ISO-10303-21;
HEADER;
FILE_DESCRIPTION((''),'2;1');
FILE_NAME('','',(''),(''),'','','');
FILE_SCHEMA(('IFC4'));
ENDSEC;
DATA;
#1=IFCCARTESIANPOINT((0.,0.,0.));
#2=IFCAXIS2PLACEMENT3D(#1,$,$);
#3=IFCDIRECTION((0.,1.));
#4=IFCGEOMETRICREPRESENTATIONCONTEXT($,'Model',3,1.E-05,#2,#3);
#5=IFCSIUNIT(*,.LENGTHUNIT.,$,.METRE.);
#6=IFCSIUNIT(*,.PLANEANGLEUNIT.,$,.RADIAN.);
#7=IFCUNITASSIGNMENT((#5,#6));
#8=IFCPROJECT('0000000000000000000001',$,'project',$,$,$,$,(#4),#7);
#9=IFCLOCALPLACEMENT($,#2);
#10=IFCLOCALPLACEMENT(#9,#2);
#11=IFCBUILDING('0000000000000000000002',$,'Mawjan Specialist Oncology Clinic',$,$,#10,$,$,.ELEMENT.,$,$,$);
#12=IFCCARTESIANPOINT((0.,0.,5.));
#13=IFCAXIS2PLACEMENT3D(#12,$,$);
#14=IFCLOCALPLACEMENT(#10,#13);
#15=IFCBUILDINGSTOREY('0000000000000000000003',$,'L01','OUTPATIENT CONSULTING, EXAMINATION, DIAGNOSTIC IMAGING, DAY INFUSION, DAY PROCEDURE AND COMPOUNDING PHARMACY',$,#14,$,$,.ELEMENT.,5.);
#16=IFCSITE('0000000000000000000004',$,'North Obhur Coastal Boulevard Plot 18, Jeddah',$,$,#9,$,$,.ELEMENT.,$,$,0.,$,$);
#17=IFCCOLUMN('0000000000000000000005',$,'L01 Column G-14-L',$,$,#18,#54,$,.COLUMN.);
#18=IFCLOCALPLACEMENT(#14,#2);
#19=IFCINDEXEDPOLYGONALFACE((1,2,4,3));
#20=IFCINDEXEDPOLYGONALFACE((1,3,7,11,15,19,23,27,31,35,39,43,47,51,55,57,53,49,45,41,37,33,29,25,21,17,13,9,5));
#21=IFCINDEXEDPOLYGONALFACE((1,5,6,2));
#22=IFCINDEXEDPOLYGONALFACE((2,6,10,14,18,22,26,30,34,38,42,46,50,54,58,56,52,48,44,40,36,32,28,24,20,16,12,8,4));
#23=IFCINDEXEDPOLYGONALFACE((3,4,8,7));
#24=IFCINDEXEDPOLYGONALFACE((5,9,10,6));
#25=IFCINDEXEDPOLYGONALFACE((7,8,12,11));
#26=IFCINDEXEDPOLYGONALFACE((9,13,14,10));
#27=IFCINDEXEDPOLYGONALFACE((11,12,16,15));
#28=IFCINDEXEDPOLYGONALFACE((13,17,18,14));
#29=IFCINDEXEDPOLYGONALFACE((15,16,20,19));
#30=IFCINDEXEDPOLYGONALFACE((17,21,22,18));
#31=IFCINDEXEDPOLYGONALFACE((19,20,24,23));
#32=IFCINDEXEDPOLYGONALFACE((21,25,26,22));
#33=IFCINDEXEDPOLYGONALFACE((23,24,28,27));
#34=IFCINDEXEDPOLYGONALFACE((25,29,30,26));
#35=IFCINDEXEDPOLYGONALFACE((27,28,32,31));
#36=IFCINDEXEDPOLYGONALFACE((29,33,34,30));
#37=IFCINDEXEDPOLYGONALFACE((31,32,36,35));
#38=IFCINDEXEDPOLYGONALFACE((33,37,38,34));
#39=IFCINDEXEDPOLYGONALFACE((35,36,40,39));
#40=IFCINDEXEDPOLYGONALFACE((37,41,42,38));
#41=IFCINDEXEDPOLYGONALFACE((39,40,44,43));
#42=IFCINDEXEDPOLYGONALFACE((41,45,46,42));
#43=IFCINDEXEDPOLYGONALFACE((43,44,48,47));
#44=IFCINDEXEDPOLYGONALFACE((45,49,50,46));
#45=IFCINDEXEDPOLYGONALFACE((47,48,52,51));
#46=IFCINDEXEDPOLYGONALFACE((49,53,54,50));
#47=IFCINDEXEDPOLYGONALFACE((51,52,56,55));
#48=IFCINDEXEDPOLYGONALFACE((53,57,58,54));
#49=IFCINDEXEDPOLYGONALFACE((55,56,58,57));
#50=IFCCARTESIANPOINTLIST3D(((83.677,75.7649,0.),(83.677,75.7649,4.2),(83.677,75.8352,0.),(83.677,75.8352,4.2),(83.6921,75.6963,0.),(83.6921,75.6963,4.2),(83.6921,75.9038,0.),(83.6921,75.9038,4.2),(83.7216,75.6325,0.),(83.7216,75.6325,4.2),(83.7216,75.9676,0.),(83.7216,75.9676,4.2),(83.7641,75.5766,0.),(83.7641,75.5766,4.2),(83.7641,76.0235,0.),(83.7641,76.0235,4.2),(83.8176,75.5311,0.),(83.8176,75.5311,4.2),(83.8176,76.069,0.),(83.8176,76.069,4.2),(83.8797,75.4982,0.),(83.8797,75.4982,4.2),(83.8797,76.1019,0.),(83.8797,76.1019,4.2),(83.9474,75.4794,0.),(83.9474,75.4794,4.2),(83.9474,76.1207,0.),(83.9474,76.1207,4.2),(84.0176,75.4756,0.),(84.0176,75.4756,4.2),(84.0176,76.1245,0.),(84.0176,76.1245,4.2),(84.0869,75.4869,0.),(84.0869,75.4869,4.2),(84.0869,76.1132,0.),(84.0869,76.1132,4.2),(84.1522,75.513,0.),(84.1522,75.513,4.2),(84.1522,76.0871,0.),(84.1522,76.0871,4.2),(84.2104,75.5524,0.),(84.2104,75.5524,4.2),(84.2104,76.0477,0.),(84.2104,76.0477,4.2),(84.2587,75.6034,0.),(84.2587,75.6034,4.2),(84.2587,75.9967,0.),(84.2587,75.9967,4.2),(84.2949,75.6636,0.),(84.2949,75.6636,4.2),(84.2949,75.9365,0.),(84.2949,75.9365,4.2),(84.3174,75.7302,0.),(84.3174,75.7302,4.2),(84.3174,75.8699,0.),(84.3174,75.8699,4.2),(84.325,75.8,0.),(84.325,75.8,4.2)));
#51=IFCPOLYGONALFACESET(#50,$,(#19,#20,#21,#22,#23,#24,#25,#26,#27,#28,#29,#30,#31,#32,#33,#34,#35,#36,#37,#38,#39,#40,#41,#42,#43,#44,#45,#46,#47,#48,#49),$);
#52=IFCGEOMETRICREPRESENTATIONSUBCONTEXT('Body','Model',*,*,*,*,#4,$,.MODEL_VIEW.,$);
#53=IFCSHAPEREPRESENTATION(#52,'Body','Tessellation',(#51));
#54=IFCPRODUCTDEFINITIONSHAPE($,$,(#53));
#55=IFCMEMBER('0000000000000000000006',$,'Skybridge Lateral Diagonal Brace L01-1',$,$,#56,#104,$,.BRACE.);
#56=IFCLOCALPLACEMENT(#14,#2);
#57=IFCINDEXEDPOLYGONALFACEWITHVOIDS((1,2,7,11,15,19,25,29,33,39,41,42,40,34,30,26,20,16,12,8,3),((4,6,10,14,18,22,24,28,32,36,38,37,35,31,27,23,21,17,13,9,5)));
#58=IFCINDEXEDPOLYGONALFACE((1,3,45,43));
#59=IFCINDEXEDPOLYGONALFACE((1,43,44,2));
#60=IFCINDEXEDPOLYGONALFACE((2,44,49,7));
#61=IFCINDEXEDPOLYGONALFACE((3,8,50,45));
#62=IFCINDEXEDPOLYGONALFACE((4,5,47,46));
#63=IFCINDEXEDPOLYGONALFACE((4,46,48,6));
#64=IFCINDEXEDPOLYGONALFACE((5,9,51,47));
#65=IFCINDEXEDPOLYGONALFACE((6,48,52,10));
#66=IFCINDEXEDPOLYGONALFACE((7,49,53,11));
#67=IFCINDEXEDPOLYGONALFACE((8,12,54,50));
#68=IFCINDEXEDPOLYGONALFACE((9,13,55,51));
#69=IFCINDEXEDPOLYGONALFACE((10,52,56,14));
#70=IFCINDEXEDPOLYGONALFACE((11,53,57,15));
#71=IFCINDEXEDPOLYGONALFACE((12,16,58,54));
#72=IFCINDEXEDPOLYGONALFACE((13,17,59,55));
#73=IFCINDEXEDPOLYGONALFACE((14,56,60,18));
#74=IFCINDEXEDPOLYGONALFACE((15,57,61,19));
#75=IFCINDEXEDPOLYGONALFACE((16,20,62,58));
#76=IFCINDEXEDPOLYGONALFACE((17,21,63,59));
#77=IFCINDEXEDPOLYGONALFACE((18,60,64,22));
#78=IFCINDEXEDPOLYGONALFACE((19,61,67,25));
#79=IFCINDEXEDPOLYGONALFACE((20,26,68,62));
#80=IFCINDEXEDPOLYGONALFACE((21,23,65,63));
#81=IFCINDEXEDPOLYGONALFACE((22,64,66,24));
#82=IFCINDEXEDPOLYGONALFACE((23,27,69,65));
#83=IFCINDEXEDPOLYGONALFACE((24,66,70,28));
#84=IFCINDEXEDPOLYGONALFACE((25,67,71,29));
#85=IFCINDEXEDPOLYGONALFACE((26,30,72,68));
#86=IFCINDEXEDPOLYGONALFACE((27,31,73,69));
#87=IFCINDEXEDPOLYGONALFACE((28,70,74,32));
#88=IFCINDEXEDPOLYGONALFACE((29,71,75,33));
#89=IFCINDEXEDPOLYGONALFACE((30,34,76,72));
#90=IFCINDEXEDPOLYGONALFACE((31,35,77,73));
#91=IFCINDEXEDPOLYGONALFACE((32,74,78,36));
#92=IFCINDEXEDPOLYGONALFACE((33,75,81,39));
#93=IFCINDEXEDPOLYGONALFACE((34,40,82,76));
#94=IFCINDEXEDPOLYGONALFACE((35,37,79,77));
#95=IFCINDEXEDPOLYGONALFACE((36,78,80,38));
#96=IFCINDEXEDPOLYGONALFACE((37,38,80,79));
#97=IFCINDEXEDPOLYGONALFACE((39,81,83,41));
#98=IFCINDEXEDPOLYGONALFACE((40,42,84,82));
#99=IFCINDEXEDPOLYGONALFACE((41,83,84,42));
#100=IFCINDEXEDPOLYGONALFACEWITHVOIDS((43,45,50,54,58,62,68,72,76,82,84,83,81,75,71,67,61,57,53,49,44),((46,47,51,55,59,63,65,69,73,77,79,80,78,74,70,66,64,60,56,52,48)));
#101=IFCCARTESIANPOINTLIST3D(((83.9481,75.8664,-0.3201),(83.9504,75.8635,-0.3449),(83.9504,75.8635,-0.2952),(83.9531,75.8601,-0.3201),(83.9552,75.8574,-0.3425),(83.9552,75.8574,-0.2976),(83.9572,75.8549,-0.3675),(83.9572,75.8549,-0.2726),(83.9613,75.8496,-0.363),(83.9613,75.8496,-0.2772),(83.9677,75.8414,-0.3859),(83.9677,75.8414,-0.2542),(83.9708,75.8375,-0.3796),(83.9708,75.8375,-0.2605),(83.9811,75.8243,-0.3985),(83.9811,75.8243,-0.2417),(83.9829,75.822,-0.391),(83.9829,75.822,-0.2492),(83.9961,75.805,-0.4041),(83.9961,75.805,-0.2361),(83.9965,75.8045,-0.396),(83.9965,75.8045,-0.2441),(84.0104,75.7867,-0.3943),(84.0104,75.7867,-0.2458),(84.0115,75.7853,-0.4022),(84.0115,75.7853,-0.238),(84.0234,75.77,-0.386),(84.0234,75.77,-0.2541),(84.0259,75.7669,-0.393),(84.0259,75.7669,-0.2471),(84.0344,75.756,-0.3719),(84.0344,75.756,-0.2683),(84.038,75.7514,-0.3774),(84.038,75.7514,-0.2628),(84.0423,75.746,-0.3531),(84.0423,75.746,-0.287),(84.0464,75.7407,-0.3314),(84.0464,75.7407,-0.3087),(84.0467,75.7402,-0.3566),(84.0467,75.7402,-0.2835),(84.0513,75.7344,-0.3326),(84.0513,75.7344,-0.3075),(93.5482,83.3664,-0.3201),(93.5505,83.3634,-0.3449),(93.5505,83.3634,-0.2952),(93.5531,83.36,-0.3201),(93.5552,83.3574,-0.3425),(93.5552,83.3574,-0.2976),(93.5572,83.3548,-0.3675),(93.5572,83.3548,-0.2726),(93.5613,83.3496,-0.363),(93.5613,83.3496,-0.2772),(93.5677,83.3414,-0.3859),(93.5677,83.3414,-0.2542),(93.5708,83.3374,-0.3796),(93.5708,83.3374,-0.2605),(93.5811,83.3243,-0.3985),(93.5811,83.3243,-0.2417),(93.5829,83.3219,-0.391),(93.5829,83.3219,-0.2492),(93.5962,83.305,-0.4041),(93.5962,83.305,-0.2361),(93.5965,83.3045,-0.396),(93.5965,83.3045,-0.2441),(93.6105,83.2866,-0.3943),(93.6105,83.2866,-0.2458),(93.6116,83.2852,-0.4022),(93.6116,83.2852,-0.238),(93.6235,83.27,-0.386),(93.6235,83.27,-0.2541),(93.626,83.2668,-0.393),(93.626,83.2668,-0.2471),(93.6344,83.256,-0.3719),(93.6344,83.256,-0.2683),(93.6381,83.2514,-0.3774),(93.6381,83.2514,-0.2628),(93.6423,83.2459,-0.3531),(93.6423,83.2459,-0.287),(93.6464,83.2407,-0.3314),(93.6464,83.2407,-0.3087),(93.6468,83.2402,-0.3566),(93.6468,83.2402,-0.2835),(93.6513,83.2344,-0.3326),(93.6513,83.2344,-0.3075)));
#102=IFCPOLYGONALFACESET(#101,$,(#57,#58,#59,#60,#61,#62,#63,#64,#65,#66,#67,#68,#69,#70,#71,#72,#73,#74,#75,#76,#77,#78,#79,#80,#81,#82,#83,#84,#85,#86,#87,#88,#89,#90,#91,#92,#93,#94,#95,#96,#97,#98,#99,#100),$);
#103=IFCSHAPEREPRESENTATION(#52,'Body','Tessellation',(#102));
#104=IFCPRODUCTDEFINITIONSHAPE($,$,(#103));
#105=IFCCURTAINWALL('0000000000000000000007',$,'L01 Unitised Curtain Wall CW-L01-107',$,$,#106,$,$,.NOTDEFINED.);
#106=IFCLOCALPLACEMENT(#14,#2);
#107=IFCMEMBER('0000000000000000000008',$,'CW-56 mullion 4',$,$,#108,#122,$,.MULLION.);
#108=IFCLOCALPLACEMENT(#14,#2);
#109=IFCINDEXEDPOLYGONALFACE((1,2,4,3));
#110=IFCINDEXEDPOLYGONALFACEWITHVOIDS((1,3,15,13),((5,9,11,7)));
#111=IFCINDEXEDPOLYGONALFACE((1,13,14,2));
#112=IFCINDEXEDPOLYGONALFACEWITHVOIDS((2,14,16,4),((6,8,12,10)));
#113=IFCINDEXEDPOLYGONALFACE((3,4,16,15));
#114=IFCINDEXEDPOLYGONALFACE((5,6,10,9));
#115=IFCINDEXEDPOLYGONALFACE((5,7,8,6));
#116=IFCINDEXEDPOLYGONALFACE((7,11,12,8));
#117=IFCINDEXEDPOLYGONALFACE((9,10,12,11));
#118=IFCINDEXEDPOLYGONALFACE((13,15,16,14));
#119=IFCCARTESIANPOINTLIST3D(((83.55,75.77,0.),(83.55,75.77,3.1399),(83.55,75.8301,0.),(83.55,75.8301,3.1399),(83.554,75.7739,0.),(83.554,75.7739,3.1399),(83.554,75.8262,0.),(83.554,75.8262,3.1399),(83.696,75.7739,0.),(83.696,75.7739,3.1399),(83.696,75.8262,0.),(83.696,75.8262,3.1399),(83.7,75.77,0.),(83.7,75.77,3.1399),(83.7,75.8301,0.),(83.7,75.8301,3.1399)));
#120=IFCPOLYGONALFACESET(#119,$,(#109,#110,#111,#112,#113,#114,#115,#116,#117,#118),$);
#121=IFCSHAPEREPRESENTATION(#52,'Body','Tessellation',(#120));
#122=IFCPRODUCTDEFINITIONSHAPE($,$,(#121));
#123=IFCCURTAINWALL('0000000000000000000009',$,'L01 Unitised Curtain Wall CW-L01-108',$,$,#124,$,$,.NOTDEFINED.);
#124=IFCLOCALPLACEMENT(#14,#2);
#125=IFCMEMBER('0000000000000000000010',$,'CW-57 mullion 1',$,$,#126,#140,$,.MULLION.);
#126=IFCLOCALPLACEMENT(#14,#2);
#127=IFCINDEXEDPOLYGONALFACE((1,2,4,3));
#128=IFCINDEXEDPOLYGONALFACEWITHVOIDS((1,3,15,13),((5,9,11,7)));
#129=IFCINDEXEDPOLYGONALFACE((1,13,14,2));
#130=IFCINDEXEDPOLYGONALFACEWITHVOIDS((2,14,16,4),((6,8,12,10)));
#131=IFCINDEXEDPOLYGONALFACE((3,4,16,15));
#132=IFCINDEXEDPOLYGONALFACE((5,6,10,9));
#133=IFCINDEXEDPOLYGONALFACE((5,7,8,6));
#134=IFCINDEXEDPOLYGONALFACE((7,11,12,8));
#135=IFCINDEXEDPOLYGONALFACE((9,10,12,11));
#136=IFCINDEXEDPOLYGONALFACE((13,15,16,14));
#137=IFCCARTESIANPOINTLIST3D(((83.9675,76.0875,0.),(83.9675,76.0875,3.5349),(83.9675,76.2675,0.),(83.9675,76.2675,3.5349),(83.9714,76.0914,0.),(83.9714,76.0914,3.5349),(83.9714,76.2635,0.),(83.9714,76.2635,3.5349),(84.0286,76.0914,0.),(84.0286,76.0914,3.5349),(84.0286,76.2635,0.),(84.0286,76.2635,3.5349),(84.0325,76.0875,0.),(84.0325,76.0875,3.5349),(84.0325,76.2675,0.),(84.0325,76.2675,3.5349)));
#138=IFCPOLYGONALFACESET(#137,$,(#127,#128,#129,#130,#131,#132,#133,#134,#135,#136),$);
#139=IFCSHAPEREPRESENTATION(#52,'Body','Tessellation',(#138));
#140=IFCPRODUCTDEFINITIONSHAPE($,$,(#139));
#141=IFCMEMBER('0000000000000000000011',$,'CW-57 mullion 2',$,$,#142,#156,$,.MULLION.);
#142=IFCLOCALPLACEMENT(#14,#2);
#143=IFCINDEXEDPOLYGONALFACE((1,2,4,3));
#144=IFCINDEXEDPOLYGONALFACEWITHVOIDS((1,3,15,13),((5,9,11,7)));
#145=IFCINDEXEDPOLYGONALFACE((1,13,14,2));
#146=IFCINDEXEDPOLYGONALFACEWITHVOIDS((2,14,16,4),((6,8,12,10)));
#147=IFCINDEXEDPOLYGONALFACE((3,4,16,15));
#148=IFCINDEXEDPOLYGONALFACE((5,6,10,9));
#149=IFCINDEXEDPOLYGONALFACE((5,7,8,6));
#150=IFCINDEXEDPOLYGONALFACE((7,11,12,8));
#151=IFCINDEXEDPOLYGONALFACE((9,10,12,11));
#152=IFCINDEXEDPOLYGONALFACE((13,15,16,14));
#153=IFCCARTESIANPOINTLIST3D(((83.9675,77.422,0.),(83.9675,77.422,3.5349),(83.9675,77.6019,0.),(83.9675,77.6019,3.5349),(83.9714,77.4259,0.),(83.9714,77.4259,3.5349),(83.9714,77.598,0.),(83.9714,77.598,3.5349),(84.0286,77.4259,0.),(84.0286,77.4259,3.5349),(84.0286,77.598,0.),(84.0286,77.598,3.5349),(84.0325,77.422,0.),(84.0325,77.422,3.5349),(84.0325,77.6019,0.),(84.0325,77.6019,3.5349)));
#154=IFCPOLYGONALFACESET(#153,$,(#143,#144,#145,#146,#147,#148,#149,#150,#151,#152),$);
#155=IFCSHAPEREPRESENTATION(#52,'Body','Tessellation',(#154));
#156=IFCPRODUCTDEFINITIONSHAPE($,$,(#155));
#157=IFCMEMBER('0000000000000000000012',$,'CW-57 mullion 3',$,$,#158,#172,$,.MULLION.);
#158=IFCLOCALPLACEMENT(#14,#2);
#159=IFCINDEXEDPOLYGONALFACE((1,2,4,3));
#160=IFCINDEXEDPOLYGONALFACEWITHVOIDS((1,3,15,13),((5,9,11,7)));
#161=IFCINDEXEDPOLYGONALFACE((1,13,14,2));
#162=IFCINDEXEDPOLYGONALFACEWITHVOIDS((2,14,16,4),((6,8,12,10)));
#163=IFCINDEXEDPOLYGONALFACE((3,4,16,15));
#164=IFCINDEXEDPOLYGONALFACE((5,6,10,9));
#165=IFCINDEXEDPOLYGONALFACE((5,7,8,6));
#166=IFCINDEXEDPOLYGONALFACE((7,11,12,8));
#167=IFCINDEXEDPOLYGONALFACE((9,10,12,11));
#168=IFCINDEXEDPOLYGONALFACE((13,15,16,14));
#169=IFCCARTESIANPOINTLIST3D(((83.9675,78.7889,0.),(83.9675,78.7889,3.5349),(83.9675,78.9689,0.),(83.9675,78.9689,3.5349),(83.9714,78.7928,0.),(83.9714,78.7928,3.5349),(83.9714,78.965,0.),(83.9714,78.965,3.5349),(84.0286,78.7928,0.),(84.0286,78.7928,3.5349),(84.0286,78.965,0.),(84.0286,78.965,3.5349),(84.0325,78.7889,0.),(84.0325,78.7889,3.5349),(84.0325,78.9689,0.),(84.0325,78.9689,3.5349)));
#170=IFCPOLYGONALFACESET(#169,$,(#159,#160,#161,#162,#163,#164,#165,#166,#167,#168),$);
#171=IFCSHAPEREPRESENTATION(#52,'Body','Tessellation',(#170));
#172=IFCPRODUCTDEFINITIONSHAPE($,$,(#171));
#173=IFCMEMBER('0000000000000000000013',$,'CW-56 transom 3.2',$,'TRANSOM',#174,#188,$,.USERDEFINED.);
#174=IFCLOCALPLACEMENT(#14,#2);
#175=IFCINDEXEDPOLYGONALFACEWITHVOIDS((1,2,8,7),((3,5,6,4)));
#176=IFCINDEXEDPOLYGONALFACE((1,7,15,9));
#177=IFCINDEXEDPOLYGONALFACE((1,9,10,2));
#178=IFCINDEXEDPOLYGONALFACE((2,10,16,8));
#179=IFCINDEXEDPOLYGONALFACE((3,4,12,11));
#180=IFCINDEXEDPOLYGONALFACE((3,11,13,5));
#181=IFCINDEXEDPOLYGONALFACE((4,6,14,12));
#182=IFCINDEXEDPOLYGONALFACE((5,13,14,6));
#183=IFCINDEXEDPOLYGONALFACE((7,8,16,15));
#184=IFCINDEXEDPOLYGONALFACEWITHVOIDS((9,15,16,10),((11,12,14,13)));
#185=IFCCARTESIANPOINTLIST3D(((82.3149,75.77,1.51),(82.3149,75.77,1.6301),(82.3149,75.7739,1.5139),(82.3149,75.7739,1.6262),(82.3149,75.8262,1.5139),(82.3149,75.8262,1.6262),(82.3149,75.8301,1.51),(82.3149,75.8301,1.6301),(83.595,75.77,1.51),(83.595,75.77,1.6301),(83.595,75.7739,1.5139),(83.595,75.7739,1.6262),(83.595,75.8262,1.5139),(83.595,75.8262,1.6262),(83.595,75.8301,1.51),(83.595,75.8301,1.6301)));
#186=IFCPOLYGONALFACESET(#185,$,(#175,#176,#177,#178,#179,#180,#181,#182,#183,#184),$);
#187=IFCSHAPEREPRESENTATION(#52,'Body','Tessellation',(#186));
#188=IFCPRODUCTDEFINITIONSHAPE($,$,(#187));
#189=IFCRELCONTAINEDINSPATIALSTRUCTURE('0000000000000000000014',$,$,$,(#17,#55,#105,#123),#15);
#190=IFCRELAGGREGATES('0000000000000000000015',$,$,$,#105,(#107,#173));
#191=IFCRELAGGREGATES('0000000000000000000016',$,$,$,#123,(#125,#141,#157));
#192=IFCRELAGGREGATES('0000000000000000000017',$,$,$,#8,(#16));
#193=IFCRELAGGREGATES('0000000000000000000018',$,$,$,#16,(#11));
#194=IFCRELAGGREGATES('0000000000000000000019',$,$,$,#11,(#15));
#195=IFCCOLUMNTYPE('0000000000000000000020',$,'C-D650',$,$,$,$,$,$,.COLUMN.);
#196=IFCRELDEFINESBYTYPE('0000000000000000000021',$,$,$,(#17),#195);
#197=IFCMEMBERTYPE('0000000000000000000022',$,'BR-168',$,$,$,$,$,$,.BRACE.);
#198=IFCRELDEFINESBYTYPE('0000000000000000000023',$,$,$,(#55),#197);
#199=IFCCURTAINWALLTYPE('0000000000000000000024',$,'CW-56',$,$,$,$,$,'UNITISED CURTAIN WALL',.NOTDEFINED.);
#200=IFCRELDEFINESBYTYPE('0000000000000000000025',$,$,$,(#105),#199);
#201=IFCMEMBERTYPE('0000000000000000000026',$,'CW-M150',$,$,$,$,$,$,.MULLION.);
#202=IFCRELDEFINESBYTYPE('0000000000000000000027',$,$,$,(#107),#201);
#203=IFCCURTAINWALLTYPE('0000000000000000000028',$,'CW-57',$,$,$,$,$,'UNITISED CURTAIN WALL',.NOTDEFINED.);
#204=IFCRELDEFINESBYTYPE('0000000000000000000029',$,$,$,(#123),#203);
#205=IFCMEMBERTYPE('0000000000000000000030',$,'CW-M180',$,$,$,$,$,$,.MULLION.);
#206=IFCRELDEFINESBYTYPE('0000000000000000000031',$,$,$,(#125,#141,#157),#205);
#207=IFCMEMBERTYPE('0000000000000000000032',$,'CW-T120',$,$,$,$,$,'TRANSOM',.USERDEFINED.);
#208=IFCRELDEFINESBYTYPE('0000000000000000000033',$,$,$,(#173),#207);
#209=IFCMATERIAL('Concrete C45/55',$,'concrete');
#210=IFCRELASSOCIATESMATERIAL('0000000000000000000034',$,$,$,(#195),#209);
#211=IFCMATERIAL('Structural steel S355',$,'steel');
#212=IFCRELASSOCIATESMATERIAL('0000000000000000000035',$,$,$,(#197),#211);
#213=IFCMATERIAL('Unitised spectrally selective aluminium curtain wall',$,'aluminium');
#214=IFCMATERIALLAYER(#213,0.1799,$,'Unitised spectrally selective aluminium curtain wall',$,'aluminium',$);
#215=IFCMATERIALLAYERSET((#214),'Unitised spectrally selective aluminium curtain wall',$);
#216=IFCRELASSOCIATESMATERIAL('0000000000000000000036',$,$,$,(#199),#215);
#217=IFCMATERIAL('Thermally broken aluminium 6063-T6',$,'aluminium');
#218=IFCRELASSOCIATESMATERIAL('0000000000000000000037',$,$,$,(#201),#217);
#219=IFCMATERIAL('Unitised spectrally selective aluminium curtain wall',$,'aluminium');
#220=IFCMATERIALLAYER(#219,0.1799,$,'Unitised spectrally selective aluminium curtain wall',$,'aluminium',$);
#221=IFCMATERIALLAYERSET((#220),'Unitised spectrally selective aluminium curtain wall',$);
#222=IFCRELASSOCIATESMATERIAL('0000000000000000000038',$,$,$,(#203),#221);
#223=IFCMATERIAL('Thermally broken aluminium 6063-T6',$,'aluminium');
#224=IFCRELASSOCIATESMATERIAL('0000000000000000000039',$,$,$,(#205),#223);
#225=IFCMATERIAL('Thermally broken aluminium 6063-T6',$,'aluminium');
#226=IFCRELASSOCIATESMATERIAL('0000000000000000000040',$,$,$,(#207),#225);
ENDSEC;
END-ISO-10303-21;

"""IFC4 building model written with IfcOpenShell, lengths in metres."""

from ifc_helpers import new_model, si_unit, direction, frame, origin, origin_2d, place, context, subcontext, project, spatial, hollow_rectangle, circle, hollow_circle, extrude, material, layer, layer_set, material_profile, profile_set, type_object, element, aggregate, save


model = new_model("IFC4")

# Units and contexts
model_context = context("Model", 3, precision=1e-05, world=origin(), true_north=direction((0.0, 1.0)))
body_context = subcontext(model_context, "Body", "Model", "MODEL_VIEW")
ifc_project = project(units=[si_unit("LENGTHUNIT", "METRE"), si_unit("PLANEANGLEUNIT", "RADIAN")], contexts=[model_context])

# Site, building, storey
site_placement = place(None, origin())
site = spatial("IfcSite", under=ifc_project, at=site_placement, Name="North Obhur Coastal Boulevard Plot 18, Jeddah", CompositionType="ELEMENT", RefElevation=0.0)
building_placement = place(site_placement, origin())
building = spatial("IfcBuilding", under=site, at=building_placement, Name="Mawjan Specialist Oncology Clinic", CompositionType="ELEMENT")
storey_placement = place(building_placement, frame((0.0, 0.0, 5.0)))
storey = spatial("IfcBuildingStorey", under=building, at=storey_placement, Name="L01", Description="OUTPATIENT CONSULTING, EXAMINATION, DIAGNOSTIC IMAGING, DAY INFUSION, DAY PROCEDURE AND COMPOUNDING PHARMACY", CompositionType="ELEMENT", Elevation=5.0)

# Column
ifc_material_1 = material(Name="Concrete C45/55", Category="concrete")
ifc_material_profile_1 = material_profile(ifc_material_1, circle(Radius=0.325, at=origin_2d()), Name="RC COL D650", Category="concrete")
ifc_profile_set_1 = profile_set([ifc_material_profile_1], Name="Concrete C45/55")
column_type = type_object("IfcColumnType", Name="C-D650", PredefinedType="COLUMN", material=ifc_profile_set_1)
column_placement = place(storey_placement, frame((84.0, 75.8, 0.0), z_axis=(0.0, 0.0, 1.0), x_axis=(1.0, 0.0, 0.0)))
element("IfcColumn", 1, at=column_placement, inside=storey, type_object=column_type, Name="L01 Column G-14-L", PredefinedType="COLUMN", context=body_context, shape_type="SweptSolid", body=[
    extrude(circle(Radius=0.325, at=origin_2d()), origin(), (0.0, 0.0, 1.0), 4.2),
])

# Member
ifc_material_2 = material(Name="Structural steel S355", Category="steel")
ifc_material_profile_2 = material_profile(ifc_material_2, hollow_circle(Radius=0.0842, WallThickness=0.0081, at=origin_2d()), Name="CHS 168.3x8", Category="steel")
ifc_profile_set_2 = profile_set([ifc_material_profile_2], Name="Structural steel S355")
member_type_1 = type_object("IfcMemberType", Name="BR-168", PredefinedType="BRACE", material=ifc_profile_set_2)
member_1_placement = place(storey_placement, frame((84.0, 75.8, -0.3201), z_axis=(0.788027, 0.61564, 0.0), x_axis=(-0.61564, 0.788027, 0.0)))
element("IfcMember", 2, at=member_1_placement, inside=storey, type_object=member_type_1, Name="Skybridge Lateral Diagonal Brace L01-1", PredefinedType="BRACE", context=body_context, shape_type="SweptSolid", body=[
    extrude(hollow_circle(Radius=0.0842, WallThickness=0.0081, at=origin_2d()), origin(), (0.0, 0.0, 1.0), 12.1824),
])

# Curtain wall, member
ifc_material_3 = material(Name="Unitised spectrally selective aluminium curtain wall", Category="aluminium")
ifc_layer_1 = layer(ifc_material_3, 0.1799, Name="Unitised spectrally selective aluminium curtain wall", Category="aluminium")
ifc_layer_set_1 = layer_set([ifc_layer_1], Name="Unitised spectrally selective aluminium curtain wall")
curtain_wall_type_1 = type_object("IfcCurtainWallType", Name="CW-56", ElementType="UNITISED CURTAIN WALL", PredefinedType="NOTDEFINED", material=ifc_layer_set_1)
curtain_wall_1_placement = place(storey_placement, origin())
curtain_wall_1 = element("IfcCurtainWall", 3, at=curtain_wall_1_placement, inside=storey, type_object=curtain_wall_type_1, Name="L01 Unitised Curtain Wall CW-L01-107", PredefinedType="NOTDEFINED")
ifc_material_4 = material(Name="Thermally broken aluminium 6063-T6", Category="aluminium")
ifc_material_profile_3 = material_profile(ifc_material_4, hollow_rectangle(XDim=0.0601, YDim=0.1499, WallThickness=0.0039, at=origin_2d()), Name="ALU MULLION 150x60x4", Category="aluminium")
ifc_profile_set_3 = profile_set([ifc_material_profile_3], Name="Thermally broken aluminium 6063-T6")
member_type_2 = type_object("IfcMemberType", Name="CW-M150", PredefinedType="MULLION", material=ifc_profile_set_3)
member_2_placement = place(storey_placement, frame((83.625, 75.8, 0.0), z_axis=(0.0, 0.0, 1.0), x_axis=(0.0, 1.0, 0.0)))
member_2 = element("IfcMember", 4, at=member_2_placement, type_object=member_type_2, Name="CW-56 mullion 4", PredefinedType="MULLION", context=body_context, shape_type="SweptSolid", body=[
    extrude(hollow_rectangle(XDim=0.0601, YDim=0.1499, WallThickness=0.0039, at=origin_2d()), origin(), (0.0, 0.0, 1.0), 3.1399),
])

# Curtain wall, members
ifc_material_5 = material(Name="Unitised spectrally selective aluminium curtain wall", Category="aluminium")
ifc_layer_2 = layer(ifc_material_5, 0.1799, Name="Unitised spectrally selective aluminium curtain wall", Category="aluminium")
ifc_layer_set_2 = layer_set([ifc_layer_2], Name="Unitised spectrally selective aluminium curtain wall")
curtain_wall_type_2 = type_object("IfcCurtainWallType", Name="CW-57", ElementType="UNITISED CURTAIN WALL", PredefinedType="NOTDEFINED", material=ifc_layer_set_2)
curtain_wall_2_placement = place(storey_placement, origin())
curtain_wall_2 = element("IfcCurtainWall", 5, at=curtain_wall_2_placement, inside=storey, type_object=curtain_wall_type_2, Name="L01 Unitised Curtain Wall CW-L01-108", PredefinedType="NOTDEFINED")
ifc_material_6 = material(Name="Thermally broken aluminium 6063-T6", Category="aluminium")
ifc_material_profile_4 = material_profile(ifc_material_6, hollow_rectangle(XDim=0.0649, YDim=0.1799, WallThickness=0.0039, at=origin_2d()), Name="ALU MULLION 180x65x4", Category="aluminium")
ifc_profile_set_4 = profile_set([ifc_material_profile_4], Name="Thermally broken aluminium 6063-T6")
member_type_3 = type_object("IfcMemberType", Name="CW-M180", PredefinedType="MULLION", material=ifc_profile_set_4)
member_3_placement = place(storey_placement, frame((84.0, 76.1775, 0.0), z_axis=(0.0, 0.0, 1.0), x_axis=(-1.0, 0.0, 0.0)))
member_3 = element("IfcMember", 6, at=member_3_placement, type_object=member_type_3, Name="CW-57 mullion 1", PredefinedType="MULLION", context=body_context, shape_type="SweptSolid", body=[
    extrude(hollow_rectangle(XDim=0.0649, YDim=0.1799, WallThickness=0.0039, at=origin_2d()), origin(), (0.0, 0.0, 1.0), 3.5349),
])
member_4_placement = place(storey_placement, frame((84.0, 77.512, 0.0), z_axis=(0.0, 0.0, 1.0), x_axis=(-1.0, 0.0, 0.0)))
member_4 = element("IfcMember", 7, at=member_4_placement, type_object=member_type_3, Name="CW-57 mullion 2", PredefinedType="MULLION", context=body_context, shape_type="SweptSolid", body=[
    extrude(hollow_rectangle(XDim=0.0649, YDim=0.1799, WallThickness=0.0039, at=origin_2d()), origin(), (0.0, 0.0, 1.0), 3.5349),
])
member_5_placement = place(storey_placement, frame((84.0, 78.8789, 0.0), z_axis=(0.0, 0.0, 1.0), x_axis=(-1.0, 0.0, 0.0)))
member_5 = element("IfcMember", 8, at=member_5_placement, type_object=member_type_3, Name="CW-57 mullion 3", PredefinedType="MULLION", context=body_context, shape_type="SweptSolid", body=[
    extrude(hollow_rectangle(XDim=0.0649, YDim=0.1799, WallThickness=0.0039, at=origin_2d()), origin(), (0.0, 0.0, 1.0), 3.5349),
])

# Member
ifc_material_7 = material(Name="Thermally broken aluminium 6063-T6", Category="aluminium")
ifc_material_profile_5 = material_profile(ifc_material_7, hollow_rectangle(XDim=0.0601, YDim=0.1201, WallThickness=0.0039, at=origin_2d()), Name="ALU TRANSOM 120x60x4", Category="aluminium")
ifc_profile_set_5 = profile_set([ifc_material_profile_5], Name="Thermally broken aluminium 6063-T6")
member_type_4 = type_object("IfcMemberType", Name="CW-T120", ElementType="TRANSOM", PredefinedType="USERDEFINED", material=ifc_profile_set_5)
member_6_placement = place(storey_placement, frame((82.3149, 75.8, 1.5701), z_axis=(1.0, 0.0, 0.0), x_axis=(0.0, 1.0, 0.0)))
member_6 = element("IfcMember", 9, at=member_6_placement, type_object=member_type_4, Name="CW-56 transom 3.2", ObjectType="TRANSOM", PredefinedType="USERDEFINED", context=body_context, shape_type="SweptSolid", body=[
    extrude(hollow_rectangle(XDim=0.0601, YDim=0.1201, WallThickness=0.0039, at=origin_2d()), origin(), (0.0, 0.0, 1.0), 1.28),
])

aggregate(curtain_wall_1, [member_2, member_6])
aggregate(curtain_wall_2, [member_3, member_4, member_5])

save(model, "model.ifc")
